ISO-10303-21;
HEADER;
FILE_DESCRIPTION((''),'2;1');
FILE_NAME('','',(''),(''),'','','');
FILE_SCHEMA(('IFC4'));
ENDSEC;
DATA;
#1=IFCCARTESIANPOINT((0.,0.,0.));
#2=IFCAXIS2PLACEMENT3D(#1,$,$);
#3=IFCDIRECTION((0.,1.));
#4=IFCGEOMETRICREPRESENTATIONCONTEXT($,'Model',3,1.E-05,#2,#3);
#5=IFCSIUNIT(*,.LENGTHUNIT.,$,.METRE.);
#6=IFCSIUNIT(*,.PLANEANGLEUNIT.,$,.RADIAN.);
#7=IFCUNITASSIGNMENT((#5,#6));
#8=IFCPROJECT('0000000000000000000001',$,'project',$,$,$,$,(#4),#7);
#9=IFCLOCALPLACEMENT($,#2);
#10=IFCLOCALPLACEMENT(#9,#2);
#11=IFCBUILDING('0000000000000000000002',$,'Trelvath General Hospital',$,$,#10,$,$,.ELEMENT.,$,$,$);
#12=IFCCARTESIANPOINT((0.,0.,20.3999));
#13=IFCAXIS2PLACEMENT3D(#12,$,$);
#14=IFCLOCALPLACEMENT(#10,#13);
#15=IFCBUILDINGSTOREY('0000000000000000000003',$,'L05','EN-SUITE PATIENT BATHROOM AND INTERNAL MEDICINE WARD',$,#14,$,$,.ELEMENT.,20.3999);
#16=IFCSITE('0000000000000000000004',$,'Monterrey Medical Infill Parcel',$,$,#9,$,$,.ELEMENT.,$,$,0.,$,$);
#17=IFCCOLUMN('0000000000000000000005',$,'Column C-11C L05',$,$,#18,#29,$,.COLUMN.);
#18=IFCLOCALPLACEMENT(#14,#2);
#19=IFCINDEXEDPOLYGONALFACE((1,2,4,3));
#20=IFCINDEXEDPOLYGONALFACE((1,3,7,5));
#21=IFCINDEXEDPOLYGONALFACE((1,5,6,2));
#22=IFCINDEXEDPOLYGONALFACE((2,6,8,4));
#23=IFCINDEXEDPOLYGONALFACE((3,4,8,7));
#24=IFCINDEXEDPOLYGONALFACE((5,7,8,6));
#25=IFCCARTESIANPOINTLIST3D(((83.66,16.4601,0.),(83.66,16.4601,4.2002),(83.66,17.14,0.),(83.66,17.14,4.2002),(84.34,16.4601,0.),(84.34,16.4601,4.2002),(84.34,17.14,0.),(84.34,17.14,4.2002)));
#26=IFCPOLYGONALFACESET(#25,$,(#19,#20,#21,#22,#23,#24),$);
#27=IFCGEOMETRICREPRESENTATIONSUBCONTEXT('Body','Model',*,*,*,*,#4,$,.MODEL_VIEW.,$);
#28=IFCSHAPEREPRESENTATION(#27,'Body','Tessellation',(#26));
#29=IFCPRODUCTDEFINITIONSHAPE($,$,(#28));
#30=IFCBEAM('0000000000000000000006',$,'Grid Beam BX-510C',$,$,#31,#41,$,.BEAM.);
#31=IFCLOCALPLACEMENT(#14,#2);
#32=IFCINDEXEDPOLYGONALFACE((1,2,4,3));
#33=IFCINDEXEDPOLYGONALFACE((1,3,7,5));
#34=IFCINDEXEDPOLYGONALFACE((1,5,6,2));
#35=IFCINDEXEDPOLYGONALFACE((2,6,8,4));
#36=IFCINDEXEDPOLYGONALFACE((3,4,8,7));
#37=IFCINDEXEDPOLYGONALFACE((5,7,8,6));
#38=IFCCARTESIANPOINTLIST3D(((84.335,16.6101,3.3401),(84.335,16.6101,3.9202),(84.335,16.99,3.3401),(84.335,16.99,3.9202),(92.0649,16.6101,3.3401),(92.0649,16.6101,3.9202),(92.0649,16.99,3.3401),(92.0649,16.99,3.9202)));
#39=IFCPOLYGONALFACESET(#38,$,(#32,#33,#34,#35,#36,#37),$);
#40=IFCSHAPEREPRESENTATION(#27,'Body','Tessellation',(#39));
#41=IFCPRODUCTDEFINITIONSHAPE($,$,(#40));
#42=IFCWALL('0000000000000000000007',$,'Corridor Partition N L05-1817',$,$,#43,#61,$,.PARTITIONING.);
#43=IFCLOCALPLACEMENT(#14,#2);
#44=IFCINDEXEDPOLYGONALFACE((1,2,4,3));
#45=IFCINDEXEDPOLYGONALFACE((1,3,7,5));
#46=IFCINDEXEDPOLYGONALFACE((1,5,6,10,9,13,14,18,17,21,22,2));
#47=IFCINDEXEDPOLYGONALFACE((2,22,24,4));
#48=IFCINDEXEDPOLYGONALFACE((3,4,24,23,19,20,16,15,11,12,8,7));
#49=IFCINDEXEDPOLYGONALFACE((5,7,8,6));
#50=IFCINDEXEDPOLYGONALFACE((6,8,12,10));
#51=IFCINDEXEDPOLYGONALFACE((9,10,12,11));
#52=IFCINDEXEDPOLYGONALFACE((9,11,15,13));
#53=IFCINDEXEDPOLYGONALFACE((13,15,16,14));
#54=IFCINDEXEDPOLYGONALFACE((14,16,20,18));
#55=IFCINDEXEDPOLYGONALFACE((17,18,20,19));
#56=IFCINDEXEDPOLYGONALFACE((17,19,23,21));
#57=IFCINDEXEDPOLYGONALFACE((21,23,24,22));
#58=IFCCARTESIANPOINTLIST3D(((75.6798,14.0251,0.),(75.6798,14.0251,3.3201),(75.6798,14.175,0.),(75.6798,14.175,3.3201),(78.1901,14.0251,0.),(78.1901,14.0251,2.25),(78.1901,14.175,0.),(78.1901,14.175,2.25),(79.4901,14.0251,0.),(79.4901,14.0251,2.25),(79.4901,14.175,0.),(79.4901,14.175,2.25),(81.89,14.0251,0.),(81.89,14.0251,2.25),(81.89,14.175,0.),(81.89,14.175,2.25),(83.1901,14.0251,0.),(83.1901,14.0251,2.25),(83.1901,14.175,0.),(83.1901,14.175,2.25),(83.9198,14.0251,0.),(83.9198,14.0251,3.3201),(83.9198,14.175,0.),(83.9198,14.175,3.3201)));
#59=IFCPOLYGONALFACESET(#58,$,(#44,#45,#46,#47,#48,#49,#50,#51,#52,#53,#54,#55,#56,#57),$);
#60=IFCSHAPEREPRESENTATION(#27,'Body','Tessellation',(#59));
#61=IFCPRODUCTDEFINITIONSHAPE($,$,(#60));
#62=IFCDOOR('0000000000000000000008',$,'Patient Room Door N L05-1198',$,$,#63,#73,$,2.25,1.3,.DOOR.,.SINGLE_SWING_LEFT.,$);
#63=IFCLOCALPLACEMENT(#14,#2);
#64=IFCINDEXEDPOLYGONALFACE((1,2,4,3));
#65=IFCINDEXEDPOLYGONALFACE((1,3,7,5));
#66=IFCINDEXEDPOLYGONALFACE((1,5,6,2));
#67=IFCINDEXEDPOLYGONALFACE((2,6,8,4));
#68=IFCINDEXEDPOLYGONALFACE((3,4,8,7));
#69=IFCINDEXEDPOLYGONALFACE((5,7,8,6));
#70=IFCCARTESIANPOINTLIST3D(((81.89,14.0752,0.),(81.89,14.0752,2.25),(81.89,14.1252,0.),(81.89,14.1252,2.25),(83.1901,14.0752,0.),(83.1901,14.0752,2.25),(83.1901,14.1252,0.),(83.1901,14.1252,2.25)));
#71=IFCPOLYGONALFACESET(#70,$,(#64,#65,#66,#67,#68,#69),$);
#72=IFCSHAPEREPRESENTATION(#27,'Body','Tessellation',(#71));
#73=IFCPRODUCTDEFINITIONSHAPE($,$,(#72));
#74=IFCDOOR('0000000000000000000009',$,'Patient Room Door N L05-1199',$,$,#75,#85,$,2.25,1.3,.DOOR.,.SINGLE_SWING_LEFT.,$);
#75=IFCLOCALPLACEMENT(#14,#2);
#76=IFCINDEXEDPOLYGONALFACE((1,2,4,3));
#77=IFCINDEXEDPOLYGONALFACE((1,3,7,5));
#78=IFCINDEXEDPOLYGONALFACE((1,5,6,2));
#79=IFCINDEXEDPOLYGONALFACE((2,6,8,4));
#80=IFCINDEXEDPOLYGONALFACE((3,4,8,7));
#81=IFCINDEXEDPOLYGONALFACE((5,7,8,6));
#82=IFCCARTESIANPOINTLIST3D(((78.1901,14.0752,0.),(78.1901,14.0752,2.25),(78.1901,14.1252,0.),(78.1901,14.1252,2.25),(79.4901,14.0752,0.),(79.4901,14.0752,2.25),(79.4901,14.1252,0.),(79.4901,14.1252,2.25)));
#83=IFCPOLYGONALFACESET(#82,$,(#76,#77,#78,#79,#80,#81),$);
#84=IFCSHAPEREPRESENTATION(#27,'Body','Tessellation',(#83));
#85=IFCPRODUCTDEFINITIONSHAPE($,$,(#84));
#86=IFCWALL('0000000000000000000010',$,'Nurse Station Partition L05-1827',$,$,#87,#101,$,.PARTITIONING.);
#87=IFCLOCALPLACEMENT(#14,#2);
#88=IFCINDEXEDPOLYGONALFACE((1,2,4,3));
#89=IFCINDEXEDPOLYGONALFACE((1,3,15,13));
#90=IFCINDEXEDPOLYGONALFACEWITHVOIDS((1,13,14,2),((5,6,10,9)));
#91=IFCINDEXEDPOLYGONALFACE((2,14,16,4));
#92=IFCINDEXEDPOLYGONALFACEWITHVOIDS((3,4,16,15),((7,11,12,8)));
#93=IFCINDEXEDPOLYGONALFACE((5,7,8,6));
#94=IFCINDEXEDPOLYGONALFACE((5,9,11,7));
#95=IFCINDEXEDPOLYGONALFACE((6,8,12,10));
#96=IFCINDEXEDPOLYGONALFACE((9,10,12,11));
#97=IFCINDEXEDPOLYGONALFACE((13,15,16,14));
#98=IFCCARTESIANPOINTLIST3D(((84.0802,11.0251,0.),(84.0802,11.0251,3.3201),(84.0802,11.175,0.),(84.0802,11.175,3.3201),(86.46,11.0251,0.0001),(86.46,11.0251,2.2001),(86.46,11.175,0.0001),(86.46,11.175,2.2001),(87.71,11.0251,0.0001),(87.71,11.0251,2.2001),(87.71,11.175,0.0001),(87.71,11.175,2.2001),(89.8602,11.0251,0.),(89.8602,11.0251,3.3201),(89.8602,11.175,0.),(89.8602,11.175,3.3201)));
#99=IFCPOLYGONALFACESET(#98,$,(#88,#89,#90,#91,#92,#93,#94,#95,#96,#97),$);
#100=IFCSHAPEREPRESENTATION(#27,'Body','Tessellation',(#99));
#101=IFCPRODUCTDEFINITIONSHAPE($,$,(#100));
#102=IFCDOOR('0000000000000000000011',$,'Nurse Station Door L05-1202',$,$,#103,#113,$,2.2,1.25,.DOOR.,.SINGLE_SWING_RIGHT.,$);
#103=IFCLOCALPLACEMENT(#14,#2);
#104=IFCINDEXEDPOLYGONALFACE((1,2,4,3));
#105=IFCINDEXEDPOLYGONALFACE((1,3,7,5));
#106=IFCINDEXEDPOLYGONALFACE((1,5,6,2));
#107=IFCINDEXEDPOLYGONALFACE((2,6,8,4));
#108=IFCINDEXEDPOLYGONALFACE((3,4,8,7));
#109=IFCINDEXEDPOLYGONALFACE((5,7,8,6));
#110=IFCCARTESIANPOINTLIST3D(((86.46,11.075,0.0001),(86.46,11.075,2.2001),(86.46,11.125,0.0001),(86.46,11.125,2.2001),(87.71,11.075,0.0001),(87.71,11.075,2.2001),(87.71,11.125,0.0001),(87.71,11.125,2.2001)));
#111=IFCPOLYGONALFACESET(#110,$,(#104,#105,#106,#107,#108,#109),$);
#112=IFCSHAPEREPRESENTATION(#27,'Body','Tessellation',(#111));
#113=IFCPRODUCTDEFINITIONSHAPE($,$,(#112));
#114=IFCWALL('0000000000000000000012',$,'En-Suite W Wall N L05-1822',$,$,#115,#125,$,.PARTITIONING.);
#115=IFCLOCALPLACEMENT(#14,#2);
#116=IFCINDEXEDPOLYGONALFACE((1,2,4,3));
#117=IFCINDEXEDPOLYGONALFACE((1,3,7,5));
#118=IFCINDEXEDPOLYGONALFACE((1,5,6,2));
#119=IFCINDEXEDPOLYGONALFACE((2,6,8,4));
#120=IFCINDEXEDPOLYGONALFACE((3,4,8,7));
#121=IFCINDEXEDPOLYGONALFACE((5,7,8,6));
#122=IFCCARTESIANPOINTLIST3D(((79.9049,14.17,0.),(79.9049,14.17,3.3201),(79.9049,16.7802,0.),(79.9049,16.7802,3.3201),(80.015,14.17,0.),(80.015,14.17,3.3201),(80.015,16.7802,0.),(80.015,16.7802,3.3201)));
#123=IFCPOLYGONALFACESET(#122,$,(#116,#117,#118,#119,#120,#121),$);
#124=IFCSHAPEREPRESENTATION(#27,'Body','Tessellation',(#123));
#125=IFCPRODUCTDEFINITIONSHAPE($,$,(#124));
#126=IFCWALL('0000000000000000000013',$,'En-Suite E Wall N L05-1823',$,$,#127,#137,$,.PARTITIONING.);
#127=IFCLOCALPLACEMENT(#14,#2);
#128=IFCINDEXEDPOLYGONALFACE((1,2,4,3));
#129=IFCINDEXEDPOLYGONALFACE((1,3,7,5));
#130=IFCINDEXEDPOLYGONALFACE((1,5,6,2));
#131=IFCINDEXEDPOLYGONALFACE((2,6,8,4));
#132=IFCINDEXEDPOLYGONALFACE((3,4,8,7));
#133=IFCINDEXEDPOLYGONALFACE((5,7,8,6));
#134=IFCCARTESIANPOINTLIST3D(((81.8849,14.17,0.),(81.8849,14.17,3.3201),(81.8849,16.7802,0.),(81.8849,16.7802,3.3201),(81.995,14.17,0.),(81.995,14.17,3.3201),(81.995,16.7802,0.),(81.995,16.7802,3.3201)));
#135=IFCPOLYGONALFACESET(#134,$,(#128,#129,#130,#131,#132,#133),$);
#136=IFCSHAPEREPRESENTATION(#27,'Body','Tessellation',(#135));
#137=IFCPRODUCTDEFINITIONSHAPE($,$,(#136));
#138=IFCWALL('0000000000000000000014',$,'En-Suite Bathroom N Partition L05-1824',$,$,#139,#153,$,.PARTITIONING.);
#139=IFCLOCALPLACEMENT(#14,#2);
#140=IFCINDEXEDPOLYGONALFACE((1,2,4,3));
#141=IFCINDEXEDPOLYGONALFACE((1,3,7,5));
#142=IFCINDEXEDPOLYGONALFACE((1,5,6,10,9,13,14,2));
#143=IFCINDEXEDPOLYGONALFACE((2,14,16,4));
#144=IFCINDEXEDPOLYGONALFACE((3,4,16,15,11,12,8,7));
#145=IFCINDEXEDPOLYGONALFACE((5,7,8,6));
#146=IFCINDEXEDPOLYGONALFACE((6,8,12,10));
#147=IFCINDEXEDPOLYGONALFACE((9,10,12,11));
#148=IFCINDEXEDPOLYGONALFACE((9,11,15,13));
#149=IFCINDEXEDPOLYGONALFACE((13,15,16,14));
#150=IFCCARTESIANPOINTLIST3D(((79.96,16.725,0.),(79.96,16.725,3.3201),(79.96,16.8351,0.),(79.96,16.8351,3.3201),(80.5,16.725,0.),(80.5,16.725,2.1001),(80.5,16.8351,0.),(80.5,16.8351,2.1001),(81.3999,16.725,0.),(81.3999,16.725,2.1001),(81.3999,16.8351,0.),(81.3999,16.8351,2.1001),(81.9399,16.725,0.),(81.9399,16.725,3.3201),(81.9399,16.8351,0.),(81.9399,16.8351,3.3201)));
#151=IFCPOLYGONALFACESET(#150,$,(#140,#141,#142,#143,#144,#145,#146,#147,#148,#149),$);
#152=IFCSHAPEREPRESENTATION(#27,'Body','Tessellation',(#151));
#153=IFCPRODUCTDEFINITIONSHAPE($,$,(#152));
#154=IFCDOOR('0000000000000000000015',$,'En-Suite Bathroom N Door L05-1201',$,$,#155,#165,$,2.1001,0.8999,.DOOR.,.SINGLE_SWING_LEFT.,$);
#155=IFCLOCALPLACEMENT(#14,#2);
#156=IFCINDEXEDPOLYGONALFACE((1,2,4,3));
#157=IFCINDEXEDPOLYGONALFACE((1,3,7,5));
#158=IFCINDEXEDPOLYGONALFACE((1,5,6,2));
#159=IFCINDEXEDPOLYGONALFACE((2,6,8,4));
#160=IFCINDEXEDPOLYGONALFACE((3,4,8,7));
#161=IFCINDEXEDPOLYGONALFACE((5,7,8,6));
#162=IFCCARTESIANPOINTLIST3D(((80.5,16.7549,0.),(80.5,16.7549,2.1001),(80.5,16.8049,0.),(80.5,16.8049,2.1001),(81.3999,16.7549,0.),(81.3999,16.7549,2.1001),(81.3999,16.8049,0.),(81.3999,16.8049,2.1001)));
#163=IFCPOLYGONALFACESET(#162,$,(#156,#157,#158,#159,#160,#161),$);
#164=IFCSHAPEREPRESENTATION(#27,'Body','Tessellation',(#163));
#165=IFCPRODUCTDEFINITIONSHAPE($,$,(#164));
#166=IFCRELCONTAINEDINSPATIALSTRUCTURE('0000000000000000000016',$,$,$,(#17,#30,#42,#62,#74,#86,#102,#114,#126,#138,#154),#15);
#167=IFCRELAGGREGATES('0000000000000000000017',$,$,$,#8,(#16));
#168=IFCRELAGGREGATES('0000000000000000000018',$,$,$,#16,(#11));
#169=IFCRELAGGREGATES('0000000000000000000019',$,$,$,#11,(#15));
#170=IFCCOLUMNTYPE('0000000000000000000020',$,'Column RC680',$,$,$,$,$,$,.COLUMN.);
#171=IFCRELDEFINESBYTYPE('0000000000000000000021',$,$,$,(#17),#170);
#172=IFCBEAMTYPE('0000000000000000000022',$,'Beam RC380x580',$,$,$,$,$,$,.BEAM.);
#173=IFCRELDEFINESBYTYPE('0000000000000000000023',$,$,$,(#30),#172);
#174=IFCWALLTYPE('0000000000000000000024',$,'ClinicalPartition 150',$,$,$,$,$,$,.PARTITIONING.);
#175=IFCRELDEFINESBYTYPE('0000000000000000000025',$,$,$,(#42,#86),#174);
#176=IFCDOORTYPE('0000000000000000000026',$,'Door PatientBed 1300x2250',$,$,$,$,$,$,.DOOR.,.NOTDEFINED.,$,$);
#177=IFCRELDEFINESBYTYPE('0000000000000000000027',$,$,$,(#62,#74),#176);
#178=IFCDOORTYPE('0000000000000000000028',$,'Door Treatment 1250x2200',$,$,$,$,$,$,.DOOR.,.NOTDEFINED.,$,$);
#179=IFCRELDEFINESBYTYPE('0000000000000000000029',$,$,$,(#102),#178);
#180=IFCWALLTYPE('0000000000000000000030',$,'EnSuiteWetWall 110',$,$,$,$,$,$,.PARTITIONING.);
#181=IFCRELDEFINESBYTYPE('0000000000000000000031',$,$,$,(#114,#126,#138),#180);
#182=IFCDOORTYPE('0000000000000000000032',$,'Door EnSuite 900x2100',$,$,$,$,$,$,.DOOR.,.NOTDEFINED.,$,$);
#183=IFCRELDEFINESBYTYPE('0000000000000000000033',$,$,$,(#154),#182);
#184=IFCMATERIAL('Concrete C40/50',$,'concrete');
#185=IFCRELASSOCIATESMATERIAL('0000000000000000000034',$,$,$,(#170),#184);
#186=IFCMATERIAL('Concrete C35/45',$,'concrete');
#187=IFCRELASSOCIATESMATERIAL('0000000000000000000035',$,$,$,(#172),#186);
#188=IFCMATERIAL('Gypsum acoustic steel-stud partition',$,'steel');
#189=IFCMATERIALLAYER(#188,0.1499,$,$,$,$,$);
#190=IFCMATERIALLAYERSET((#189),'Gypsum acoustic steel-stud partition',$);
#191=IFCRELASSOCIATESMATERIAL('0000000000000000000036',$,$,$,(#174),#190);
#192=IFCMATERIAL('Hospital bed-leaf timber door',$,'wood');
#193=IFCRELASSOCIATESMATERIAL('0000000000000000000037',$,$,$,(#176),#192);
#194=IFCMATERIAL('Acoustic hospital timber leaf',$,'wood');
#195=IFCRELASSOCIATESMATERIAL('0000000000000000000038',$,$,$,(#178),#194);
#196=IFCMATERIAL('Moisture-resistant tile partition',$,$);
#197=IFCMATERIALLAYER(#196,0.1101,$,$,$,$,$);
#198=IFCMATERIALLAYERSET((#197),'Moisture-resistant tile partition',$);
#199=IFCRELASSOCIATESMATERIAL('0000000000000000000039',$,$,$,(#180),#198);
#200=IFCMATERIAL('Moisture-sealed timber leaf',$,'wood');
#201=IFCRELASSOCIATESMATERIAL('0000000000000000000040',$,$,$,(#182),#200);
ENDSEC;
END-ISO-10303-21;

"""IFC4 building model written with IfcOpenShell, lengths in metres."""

from ifc_helpers import new_model, si_unit, direction, frame, frame_2d, origin, origin_2d, place, context, subcontext, project, spatial, rectangle, extrude, material, layer, layer_set, material_profile, profile_set, type_object, element, fill, save


model = new_model("IFC4")

# Units and contexts
model_context = context("Model", 3, precision=1e-05, world=origin(), true_north=direction((0.0, 1.0)))
body_context = subcontext(model_context, "Body", "Model", "MODEL_VIEW")
ifc_project = project(units=[si_unit("LENGTHUNIT", "METRE"), si_unit("PLANEANGLEUNIT", "RADIAN")], contexts=[model_context])

# Site, building, storey
site_placement = place(None, origin())
site = spatial("IfcSite", under=ifc_project, at=site_placement, Name="Monterrey Medical Infill Parcel", CompositionType="ELEMENT", RefElevation=0.0)
building_placement = place(site_placement, origin())
building = spatial("IfcBuilding", under=site, at=building_placement, Name="Trelvath General Hospital", CompositionType="ELEMENT")
storey_placement = place(building_placement, frame((0.0, 0.0, 20.3999)))
storey = spatial("IfcBuildingStorey", under=building, at=storey_placement, Name="L05", Description="EN-SUITE PATIENT BATHROOM AND INTERNAL MEDICINE WARD", CompositionType="ELEMENT", Elevation=20.3999)

# Column
ifc_material_1 = material(Name="Concrete C40/50", Category="concrete")
ifc_material_profile_1 = material_profile(ifc_material_1, rectangle(XDim=0.6799, YDim=0.6799, at=origin_2d()), Name="RC680x680")
ifc_profile_set_1 = profile_set([ifc_material_profile_1], Name="Concrete C40/50")
column_type = type_object("IfcColumnType", Name="Column RC680", PredefinedType="COLUMN", material=ifc_profile_set_1)
column_placement = place(storey_placement, frame((84.0, 16.8, 0.0), z_axis=(0.0, 0.0, 1.0), x_axis=(1.0, 0.0, 0.0)))
element("IfcColumn", 1, at=column_placement, inside=storey, type_object=column_type, Name="Column C-11C L05", PredefinedType="COLUMN", context=body_context, shape_type="SweptSolid", body=[
    extrude(rectangle(XDim=0.6799, YDim=0.6799, at=origin_2d()), origin(), (0.0, 0.0, 1.0), 4.2002),
])

# Beam
ifc_material_2 = material(Name="Concrete C35/45", Category="concrete")
ifc_material_profile_2 = material_profile(ifc_material_2, rectangle(XDim=0.3799, YDim=0.5801, at=origin_2d()), Name="RCB380x580")
ifc_profile_set_2 = profile_set([ifc_material_profile_2], Name="Concrete C35/45")
beam_type = type_object("IfcBeamType", Name="Beam RC380x580", PredefinedType="BEAM", material=ifc_profile_set_2)
beam_placement = place(storey_placement, frame((84.335, 16.8, 3.6301), z_axis=(1.0, 0.0, 0.0), x_axis=(0.0, 1.0, 0.0)))
element("IfcBeam", 2, at=beam_placement, inside=storey, type_object=beam_type, Name="Grid Beam BX-510C", PredefinedType="BEAM", context=body_context, shape_type="SweptSolid", body=[
    extrude(rectangle(XDim=0.3799, YDim=0.5801, at=origin_2d()), origin(), (0.0, 0.0, 1.0), 7.73),
])

# Wall, openings, doors
ifc_material_3 = material(Name="Gypsum acoustic steel-stud partition", Category="steel")
ifc_layer_1 = layer(ifc_material_3, 0.1499)
ifc_layer_set_1 = layer_set([ifc_layer_1], Name="Gypsum acoustic steel-stud partition")
wall_type_1 = type_object("IfcWallType", Name="ClinicalPartition 150", PredefinedType="PARTITIONING", material=ifc_layer_set_1)
wall_1_placement = place(storey_placement, frame((83.9199, 14.1001, 0.0), z_axis=(0.0, 0.0, 1.0), x_axis=(-1.0, 0.0, 0.0)))
wall_1 = element("IfcWall", 3, at=wall_1_placement, inside=storey, type_object=wall_type_1, Name="Corridor Partition N L05-1817", PredefinedType="PARTITIONING", context=body_context, shape_type="SweptSolid", body=[
    extrude(rectangle(XDim=8.24, YDim=0.1499, at=frame_2d((4.1201, 0.0))), origin(), (0.0, 0.0, 1.0), 3.3201),
])
opening_1_placement = place(wall_1_placement, frame((0.73, 0.0, 0.0)))
opening_1 = element("IfcOpeningElement", 4, at=opening_1_placement, cuts=wall_1, PredefinedType="OPENING", context=body_context, shape_type="SweptSolid", body=[
    extrude(rectangle(XDim=1.3, YDim=2.25, at=frame_2d((0.6499, 1.125))), frame((0.0, 0.085, 0.0), z_axis=(0.0, -1.0, 0.0), x_axis=(1.0, 0.0, 0.0)), (0.0, 0.0, 1.0), 0.1699),
])
opening_2_placement = place(wall_1_placement, frame((4.4299, 0.0, 0.0)))
opening_2 = element("IfcOpeningElement", 5, at=opening_2_placement, cuts=wall_1, PredefinedType="OPENING", context=body_context, shape_type="SweptSolid", body=[
    extrude(rectangle(XDim=1.3, YDim=2.25, at=frame_2d((0.6499, 1.125))), frame((0.0, 0.085, 0.0), z_axis=(0.0, -1.0, 0.0), x_axis=(1.0, 0.0, 0.0)), (0.0, 0.0, 1.0), 0.1699),
])
ifc_material_4 = material(Name="Hospital bed-leaf timber door", Category="wood")
door_type_1 = type_object("IfcDoorType", Name="Door PatientBed 1300x2250", OperationType="NOTDEFINED", PredefinedType="DOOR", material=ifc_material_4)
door_1_placement = place(opening_1_placement, origin())
door_1 = element("IfcDoor", 6, at=door_1_placement, inside=storey, type_object=door_type_1, Name="Patient Room Door N L05-1198", OperationType="SINGLE_SWING_LEFT", OverallHeight=2.25, OverallWidth=1.3, PredefinedType="DOOR", context=body_context, shape_type="SweptSolid", body=[
    extrude(rectangle(XDim=1.3, YDim=2.25, at=frame_2d((0.6499, 1.125))), frame((0.0, 0.0249, 0.0), z_axis=(0.0, -1.0, 0.0), x_axis=(1.0, 0.0, 0.0)), (0.0, 0.0, 1.0), 0.05),
])
fill(opening_1, door_1)
door_2_placement = place(opening_2_placement, origin())
door_2 = element("IfcDoor", 7, at=door_2_placement, inside=storey, type_object=door_type_1, Name="Patient Room Door N L05-1199", OperationType="SINGLE_SWING_LEFT", OverallHeight=2.25, OverallWidth=1.3, PredefinedType="DOOR", context=body_context, shape_type="SweptSolid", body=[
    extrude(rectangle(XDim=1.3, YDim=2.25, at=frame_2d((0.6499, 1.125))), frame((0.0, 0.0249, 0.0), z_axis=(0.0, -1.0, 0.0), x_axis=(1.0, 0.0, 0.0)), (0.0, 0.0, 1.0), 0.05),
])
fill(opening_2, door_2)

# Wall, opening, door
wall_2_placement = place(storey_placement, frame((84.0801, 11.1001, 0.0), z_axis=(0.0, 0.0, 1.0), x_axis=(1.0, 0.0, 0.0)))
wall_2 = element("IfcWall", 8, at=wall_2_placement, inside=storey, type_object=wall_type_1, Name="Nurse Station Partition L05-1827", PredefinedType="PARTITIONING", context=body_context, shape_type="SweptSolid", body=[
    extrude(rectangle(XDim=5.78, YDim=0.1499, at=frame_2d((2.8901, 0.0))), origin(), (0.0, 0.0, 1.0), 3.3201),
])
opening_3_placement = place(wall_2_placement, frame((2.3799, 0.0, 0.0)))
opening_3 = element("IfcOpeningElement", 9, at=opening_3_placement, cuts=wall_2, PredefinedType="OPENING", context=body_context, shape_type="SweptSolid", body=[
    extrude(rectangle(XDim=1.25, YDim=2.2, at=frame_2d((0.625, 1.1001))), frame((0.0, 0.085, 0.0), z_axis=(0.0, -1.0, 0.0), x_axis=(1.0, 0.0, 0.0)), (0.0, 0.0, 1.0), 0.1699),
])
ifc_material_5 = material(Name="Acoustic hospital timber leaf", Category="wood")
door_type_2 = type_object("IfcDoorType", Name="Door Treatment 1250x2200", OperationType="NOTDEFINED", PredefinedType="DOOR", material=ifc_material_5)
door_3_placement = place(opening_3_placement, origin())
door_3 = element("IfcDoor", 10, at=door_3_placement, inside=storey, type_object=door_type_2, Name="Nurse Station Door L05-1202", OperationType="SINGLE_SWING_RIGHT", OverallHeight=2.2, OverallWidth=1.25, PredefinedType="DOOR", context=body_context, shape_type="SweptSolid", body=[
    extrude(rectangle(XDim=1.25, YDim=2.2, at=frame_2d((0.625, 1.1001))), frame((0.0, 0.0249, 0.0), z_axis=(0.0, -1.0, 0.0), x_axis=(1.0, 0.0, 0.0)), (0.0, 0.0, 1.0), 0.05),
])
fill(opening_3, door_3)

# Walls
ifc_material_6 = material(Name="Moisture-resistant tile partition")
ifc_layer_2 = layer(ifc_material_6, 0.1101)
ifc_layer_set_2 = layer_set([ifc_layer_2], Name="Moisture-resistant tile partition")
wall_type_2 = type_object("IfcWallType", Name="EnSuiteWetWall 110", PredefinedType="PARTITIONING", material=ifc_layer_set_2)
for number, where, z_axis, x_axis, name in (
    (11, (79.96, 14.1699, 0.0), (0.0, 0.0, 1.0), (0.0, 1.0, 0.0), "En-Suite W Wall N L05-1822"),
    (12, (81.9399, 14.1699, 0.0), (0.0, 0.0, 1.0), (0.0, 1.0, 0.0), "En-Suite E Wall N L05-1823"),
):
    element("IfcWall", number, at=place(storey_placement, frame(where, z_axis=z_axis, x_axis=x_axis)), inside=storey, type_object=wall_type_2, Name=name, PredefinedType="PARTITIONING", context=body_context, shape_type="SweptSolid", body=[
        extrude(rectangle(XDim=2.6101, YDim=0.1101, at=frame_2d((1.3052, 0.0))), origin(), (0.0, 0.0, 1.0), 3.3201),
    ])

# Wall, opening, door
wall_3_placement = place(storey_placement, frame((79.96, 16.78, 0.0), z_axis=(0.0, 0.0, 1.0), x_axis=(1.0, 0.0, 0.0)))
wall_3 = element("IfcWall", 13, at=wall_3_placement, inside=storey, type_object=wall_type_2, Name="En-Suite Bathroom N Partition L05-1824", PredefinedType="PARTITIONING", context=body_context, shape_type="SweptSolid", body=[
    extrude(rectangle(XDim=1.98, YDim=0.1101, at=frame_2d((0.99, 0.0))), origin(), (0.0, 0.0, 1.0), 3.3201),
])
opening_4_placement = place(wall_3_placement, frame((0.54, 0.0, 0.0)))
opening_4 = element("IfcOpeningElement", 14, at=opening_4_placement, cuts=wall_3, PredefinedType="OPENING", context=body_context, shape_type="SweptSolid", body=[
    extrude(rectangle(XDim=0.8999, YDim=2.1001, at=frame_2d((0.45, 1.05))), frame((0.0, 0.0649, 0.0), z_axis=(0.0, -1.0, 0.0), x_axis=(1.0, 0.0, 0.0)), (0.0, 0.0, 1.0), 0.1301),
])
ifc_material_7 = material(Name="Moisture-sealed timber leaf", Category="wood")
door_type_3 = type_object("IfcDoorType", Name="Door EnSuite 900x2100", OperationType="NOTDEFINED", PredefinedType="DOOR", material=ifc_material_7)
door_4_placement = place(opening_4_placement, origin())
door_4 = element("IfcDoor", 15, at=door_4_placement, inside=storey, type_object=door_type_3, Name="En-Suite Bathroom N Door L05-1201", OperationType="SINGLE_SWING_LEFT", OverallHeight=2.1001, OverallWidth=0.8999, PredefinedType="DOOR", context=body_context, shape_type="SweptSolid", body=[
    extrude(rectangle(XDim=0.8999, YDim=2.1001, at=frame_2d((0.45, 1.05))), frame((0.0, 0.0249, 0.0), z_axis=(0.0, -1.0, 0.0), x_axis=(1.0, 0.0, 0.0)), (0.0, 0.0, 1.0), 0.05),
])
fill(opening_4, door_4)

save(model, "model.ifc")
